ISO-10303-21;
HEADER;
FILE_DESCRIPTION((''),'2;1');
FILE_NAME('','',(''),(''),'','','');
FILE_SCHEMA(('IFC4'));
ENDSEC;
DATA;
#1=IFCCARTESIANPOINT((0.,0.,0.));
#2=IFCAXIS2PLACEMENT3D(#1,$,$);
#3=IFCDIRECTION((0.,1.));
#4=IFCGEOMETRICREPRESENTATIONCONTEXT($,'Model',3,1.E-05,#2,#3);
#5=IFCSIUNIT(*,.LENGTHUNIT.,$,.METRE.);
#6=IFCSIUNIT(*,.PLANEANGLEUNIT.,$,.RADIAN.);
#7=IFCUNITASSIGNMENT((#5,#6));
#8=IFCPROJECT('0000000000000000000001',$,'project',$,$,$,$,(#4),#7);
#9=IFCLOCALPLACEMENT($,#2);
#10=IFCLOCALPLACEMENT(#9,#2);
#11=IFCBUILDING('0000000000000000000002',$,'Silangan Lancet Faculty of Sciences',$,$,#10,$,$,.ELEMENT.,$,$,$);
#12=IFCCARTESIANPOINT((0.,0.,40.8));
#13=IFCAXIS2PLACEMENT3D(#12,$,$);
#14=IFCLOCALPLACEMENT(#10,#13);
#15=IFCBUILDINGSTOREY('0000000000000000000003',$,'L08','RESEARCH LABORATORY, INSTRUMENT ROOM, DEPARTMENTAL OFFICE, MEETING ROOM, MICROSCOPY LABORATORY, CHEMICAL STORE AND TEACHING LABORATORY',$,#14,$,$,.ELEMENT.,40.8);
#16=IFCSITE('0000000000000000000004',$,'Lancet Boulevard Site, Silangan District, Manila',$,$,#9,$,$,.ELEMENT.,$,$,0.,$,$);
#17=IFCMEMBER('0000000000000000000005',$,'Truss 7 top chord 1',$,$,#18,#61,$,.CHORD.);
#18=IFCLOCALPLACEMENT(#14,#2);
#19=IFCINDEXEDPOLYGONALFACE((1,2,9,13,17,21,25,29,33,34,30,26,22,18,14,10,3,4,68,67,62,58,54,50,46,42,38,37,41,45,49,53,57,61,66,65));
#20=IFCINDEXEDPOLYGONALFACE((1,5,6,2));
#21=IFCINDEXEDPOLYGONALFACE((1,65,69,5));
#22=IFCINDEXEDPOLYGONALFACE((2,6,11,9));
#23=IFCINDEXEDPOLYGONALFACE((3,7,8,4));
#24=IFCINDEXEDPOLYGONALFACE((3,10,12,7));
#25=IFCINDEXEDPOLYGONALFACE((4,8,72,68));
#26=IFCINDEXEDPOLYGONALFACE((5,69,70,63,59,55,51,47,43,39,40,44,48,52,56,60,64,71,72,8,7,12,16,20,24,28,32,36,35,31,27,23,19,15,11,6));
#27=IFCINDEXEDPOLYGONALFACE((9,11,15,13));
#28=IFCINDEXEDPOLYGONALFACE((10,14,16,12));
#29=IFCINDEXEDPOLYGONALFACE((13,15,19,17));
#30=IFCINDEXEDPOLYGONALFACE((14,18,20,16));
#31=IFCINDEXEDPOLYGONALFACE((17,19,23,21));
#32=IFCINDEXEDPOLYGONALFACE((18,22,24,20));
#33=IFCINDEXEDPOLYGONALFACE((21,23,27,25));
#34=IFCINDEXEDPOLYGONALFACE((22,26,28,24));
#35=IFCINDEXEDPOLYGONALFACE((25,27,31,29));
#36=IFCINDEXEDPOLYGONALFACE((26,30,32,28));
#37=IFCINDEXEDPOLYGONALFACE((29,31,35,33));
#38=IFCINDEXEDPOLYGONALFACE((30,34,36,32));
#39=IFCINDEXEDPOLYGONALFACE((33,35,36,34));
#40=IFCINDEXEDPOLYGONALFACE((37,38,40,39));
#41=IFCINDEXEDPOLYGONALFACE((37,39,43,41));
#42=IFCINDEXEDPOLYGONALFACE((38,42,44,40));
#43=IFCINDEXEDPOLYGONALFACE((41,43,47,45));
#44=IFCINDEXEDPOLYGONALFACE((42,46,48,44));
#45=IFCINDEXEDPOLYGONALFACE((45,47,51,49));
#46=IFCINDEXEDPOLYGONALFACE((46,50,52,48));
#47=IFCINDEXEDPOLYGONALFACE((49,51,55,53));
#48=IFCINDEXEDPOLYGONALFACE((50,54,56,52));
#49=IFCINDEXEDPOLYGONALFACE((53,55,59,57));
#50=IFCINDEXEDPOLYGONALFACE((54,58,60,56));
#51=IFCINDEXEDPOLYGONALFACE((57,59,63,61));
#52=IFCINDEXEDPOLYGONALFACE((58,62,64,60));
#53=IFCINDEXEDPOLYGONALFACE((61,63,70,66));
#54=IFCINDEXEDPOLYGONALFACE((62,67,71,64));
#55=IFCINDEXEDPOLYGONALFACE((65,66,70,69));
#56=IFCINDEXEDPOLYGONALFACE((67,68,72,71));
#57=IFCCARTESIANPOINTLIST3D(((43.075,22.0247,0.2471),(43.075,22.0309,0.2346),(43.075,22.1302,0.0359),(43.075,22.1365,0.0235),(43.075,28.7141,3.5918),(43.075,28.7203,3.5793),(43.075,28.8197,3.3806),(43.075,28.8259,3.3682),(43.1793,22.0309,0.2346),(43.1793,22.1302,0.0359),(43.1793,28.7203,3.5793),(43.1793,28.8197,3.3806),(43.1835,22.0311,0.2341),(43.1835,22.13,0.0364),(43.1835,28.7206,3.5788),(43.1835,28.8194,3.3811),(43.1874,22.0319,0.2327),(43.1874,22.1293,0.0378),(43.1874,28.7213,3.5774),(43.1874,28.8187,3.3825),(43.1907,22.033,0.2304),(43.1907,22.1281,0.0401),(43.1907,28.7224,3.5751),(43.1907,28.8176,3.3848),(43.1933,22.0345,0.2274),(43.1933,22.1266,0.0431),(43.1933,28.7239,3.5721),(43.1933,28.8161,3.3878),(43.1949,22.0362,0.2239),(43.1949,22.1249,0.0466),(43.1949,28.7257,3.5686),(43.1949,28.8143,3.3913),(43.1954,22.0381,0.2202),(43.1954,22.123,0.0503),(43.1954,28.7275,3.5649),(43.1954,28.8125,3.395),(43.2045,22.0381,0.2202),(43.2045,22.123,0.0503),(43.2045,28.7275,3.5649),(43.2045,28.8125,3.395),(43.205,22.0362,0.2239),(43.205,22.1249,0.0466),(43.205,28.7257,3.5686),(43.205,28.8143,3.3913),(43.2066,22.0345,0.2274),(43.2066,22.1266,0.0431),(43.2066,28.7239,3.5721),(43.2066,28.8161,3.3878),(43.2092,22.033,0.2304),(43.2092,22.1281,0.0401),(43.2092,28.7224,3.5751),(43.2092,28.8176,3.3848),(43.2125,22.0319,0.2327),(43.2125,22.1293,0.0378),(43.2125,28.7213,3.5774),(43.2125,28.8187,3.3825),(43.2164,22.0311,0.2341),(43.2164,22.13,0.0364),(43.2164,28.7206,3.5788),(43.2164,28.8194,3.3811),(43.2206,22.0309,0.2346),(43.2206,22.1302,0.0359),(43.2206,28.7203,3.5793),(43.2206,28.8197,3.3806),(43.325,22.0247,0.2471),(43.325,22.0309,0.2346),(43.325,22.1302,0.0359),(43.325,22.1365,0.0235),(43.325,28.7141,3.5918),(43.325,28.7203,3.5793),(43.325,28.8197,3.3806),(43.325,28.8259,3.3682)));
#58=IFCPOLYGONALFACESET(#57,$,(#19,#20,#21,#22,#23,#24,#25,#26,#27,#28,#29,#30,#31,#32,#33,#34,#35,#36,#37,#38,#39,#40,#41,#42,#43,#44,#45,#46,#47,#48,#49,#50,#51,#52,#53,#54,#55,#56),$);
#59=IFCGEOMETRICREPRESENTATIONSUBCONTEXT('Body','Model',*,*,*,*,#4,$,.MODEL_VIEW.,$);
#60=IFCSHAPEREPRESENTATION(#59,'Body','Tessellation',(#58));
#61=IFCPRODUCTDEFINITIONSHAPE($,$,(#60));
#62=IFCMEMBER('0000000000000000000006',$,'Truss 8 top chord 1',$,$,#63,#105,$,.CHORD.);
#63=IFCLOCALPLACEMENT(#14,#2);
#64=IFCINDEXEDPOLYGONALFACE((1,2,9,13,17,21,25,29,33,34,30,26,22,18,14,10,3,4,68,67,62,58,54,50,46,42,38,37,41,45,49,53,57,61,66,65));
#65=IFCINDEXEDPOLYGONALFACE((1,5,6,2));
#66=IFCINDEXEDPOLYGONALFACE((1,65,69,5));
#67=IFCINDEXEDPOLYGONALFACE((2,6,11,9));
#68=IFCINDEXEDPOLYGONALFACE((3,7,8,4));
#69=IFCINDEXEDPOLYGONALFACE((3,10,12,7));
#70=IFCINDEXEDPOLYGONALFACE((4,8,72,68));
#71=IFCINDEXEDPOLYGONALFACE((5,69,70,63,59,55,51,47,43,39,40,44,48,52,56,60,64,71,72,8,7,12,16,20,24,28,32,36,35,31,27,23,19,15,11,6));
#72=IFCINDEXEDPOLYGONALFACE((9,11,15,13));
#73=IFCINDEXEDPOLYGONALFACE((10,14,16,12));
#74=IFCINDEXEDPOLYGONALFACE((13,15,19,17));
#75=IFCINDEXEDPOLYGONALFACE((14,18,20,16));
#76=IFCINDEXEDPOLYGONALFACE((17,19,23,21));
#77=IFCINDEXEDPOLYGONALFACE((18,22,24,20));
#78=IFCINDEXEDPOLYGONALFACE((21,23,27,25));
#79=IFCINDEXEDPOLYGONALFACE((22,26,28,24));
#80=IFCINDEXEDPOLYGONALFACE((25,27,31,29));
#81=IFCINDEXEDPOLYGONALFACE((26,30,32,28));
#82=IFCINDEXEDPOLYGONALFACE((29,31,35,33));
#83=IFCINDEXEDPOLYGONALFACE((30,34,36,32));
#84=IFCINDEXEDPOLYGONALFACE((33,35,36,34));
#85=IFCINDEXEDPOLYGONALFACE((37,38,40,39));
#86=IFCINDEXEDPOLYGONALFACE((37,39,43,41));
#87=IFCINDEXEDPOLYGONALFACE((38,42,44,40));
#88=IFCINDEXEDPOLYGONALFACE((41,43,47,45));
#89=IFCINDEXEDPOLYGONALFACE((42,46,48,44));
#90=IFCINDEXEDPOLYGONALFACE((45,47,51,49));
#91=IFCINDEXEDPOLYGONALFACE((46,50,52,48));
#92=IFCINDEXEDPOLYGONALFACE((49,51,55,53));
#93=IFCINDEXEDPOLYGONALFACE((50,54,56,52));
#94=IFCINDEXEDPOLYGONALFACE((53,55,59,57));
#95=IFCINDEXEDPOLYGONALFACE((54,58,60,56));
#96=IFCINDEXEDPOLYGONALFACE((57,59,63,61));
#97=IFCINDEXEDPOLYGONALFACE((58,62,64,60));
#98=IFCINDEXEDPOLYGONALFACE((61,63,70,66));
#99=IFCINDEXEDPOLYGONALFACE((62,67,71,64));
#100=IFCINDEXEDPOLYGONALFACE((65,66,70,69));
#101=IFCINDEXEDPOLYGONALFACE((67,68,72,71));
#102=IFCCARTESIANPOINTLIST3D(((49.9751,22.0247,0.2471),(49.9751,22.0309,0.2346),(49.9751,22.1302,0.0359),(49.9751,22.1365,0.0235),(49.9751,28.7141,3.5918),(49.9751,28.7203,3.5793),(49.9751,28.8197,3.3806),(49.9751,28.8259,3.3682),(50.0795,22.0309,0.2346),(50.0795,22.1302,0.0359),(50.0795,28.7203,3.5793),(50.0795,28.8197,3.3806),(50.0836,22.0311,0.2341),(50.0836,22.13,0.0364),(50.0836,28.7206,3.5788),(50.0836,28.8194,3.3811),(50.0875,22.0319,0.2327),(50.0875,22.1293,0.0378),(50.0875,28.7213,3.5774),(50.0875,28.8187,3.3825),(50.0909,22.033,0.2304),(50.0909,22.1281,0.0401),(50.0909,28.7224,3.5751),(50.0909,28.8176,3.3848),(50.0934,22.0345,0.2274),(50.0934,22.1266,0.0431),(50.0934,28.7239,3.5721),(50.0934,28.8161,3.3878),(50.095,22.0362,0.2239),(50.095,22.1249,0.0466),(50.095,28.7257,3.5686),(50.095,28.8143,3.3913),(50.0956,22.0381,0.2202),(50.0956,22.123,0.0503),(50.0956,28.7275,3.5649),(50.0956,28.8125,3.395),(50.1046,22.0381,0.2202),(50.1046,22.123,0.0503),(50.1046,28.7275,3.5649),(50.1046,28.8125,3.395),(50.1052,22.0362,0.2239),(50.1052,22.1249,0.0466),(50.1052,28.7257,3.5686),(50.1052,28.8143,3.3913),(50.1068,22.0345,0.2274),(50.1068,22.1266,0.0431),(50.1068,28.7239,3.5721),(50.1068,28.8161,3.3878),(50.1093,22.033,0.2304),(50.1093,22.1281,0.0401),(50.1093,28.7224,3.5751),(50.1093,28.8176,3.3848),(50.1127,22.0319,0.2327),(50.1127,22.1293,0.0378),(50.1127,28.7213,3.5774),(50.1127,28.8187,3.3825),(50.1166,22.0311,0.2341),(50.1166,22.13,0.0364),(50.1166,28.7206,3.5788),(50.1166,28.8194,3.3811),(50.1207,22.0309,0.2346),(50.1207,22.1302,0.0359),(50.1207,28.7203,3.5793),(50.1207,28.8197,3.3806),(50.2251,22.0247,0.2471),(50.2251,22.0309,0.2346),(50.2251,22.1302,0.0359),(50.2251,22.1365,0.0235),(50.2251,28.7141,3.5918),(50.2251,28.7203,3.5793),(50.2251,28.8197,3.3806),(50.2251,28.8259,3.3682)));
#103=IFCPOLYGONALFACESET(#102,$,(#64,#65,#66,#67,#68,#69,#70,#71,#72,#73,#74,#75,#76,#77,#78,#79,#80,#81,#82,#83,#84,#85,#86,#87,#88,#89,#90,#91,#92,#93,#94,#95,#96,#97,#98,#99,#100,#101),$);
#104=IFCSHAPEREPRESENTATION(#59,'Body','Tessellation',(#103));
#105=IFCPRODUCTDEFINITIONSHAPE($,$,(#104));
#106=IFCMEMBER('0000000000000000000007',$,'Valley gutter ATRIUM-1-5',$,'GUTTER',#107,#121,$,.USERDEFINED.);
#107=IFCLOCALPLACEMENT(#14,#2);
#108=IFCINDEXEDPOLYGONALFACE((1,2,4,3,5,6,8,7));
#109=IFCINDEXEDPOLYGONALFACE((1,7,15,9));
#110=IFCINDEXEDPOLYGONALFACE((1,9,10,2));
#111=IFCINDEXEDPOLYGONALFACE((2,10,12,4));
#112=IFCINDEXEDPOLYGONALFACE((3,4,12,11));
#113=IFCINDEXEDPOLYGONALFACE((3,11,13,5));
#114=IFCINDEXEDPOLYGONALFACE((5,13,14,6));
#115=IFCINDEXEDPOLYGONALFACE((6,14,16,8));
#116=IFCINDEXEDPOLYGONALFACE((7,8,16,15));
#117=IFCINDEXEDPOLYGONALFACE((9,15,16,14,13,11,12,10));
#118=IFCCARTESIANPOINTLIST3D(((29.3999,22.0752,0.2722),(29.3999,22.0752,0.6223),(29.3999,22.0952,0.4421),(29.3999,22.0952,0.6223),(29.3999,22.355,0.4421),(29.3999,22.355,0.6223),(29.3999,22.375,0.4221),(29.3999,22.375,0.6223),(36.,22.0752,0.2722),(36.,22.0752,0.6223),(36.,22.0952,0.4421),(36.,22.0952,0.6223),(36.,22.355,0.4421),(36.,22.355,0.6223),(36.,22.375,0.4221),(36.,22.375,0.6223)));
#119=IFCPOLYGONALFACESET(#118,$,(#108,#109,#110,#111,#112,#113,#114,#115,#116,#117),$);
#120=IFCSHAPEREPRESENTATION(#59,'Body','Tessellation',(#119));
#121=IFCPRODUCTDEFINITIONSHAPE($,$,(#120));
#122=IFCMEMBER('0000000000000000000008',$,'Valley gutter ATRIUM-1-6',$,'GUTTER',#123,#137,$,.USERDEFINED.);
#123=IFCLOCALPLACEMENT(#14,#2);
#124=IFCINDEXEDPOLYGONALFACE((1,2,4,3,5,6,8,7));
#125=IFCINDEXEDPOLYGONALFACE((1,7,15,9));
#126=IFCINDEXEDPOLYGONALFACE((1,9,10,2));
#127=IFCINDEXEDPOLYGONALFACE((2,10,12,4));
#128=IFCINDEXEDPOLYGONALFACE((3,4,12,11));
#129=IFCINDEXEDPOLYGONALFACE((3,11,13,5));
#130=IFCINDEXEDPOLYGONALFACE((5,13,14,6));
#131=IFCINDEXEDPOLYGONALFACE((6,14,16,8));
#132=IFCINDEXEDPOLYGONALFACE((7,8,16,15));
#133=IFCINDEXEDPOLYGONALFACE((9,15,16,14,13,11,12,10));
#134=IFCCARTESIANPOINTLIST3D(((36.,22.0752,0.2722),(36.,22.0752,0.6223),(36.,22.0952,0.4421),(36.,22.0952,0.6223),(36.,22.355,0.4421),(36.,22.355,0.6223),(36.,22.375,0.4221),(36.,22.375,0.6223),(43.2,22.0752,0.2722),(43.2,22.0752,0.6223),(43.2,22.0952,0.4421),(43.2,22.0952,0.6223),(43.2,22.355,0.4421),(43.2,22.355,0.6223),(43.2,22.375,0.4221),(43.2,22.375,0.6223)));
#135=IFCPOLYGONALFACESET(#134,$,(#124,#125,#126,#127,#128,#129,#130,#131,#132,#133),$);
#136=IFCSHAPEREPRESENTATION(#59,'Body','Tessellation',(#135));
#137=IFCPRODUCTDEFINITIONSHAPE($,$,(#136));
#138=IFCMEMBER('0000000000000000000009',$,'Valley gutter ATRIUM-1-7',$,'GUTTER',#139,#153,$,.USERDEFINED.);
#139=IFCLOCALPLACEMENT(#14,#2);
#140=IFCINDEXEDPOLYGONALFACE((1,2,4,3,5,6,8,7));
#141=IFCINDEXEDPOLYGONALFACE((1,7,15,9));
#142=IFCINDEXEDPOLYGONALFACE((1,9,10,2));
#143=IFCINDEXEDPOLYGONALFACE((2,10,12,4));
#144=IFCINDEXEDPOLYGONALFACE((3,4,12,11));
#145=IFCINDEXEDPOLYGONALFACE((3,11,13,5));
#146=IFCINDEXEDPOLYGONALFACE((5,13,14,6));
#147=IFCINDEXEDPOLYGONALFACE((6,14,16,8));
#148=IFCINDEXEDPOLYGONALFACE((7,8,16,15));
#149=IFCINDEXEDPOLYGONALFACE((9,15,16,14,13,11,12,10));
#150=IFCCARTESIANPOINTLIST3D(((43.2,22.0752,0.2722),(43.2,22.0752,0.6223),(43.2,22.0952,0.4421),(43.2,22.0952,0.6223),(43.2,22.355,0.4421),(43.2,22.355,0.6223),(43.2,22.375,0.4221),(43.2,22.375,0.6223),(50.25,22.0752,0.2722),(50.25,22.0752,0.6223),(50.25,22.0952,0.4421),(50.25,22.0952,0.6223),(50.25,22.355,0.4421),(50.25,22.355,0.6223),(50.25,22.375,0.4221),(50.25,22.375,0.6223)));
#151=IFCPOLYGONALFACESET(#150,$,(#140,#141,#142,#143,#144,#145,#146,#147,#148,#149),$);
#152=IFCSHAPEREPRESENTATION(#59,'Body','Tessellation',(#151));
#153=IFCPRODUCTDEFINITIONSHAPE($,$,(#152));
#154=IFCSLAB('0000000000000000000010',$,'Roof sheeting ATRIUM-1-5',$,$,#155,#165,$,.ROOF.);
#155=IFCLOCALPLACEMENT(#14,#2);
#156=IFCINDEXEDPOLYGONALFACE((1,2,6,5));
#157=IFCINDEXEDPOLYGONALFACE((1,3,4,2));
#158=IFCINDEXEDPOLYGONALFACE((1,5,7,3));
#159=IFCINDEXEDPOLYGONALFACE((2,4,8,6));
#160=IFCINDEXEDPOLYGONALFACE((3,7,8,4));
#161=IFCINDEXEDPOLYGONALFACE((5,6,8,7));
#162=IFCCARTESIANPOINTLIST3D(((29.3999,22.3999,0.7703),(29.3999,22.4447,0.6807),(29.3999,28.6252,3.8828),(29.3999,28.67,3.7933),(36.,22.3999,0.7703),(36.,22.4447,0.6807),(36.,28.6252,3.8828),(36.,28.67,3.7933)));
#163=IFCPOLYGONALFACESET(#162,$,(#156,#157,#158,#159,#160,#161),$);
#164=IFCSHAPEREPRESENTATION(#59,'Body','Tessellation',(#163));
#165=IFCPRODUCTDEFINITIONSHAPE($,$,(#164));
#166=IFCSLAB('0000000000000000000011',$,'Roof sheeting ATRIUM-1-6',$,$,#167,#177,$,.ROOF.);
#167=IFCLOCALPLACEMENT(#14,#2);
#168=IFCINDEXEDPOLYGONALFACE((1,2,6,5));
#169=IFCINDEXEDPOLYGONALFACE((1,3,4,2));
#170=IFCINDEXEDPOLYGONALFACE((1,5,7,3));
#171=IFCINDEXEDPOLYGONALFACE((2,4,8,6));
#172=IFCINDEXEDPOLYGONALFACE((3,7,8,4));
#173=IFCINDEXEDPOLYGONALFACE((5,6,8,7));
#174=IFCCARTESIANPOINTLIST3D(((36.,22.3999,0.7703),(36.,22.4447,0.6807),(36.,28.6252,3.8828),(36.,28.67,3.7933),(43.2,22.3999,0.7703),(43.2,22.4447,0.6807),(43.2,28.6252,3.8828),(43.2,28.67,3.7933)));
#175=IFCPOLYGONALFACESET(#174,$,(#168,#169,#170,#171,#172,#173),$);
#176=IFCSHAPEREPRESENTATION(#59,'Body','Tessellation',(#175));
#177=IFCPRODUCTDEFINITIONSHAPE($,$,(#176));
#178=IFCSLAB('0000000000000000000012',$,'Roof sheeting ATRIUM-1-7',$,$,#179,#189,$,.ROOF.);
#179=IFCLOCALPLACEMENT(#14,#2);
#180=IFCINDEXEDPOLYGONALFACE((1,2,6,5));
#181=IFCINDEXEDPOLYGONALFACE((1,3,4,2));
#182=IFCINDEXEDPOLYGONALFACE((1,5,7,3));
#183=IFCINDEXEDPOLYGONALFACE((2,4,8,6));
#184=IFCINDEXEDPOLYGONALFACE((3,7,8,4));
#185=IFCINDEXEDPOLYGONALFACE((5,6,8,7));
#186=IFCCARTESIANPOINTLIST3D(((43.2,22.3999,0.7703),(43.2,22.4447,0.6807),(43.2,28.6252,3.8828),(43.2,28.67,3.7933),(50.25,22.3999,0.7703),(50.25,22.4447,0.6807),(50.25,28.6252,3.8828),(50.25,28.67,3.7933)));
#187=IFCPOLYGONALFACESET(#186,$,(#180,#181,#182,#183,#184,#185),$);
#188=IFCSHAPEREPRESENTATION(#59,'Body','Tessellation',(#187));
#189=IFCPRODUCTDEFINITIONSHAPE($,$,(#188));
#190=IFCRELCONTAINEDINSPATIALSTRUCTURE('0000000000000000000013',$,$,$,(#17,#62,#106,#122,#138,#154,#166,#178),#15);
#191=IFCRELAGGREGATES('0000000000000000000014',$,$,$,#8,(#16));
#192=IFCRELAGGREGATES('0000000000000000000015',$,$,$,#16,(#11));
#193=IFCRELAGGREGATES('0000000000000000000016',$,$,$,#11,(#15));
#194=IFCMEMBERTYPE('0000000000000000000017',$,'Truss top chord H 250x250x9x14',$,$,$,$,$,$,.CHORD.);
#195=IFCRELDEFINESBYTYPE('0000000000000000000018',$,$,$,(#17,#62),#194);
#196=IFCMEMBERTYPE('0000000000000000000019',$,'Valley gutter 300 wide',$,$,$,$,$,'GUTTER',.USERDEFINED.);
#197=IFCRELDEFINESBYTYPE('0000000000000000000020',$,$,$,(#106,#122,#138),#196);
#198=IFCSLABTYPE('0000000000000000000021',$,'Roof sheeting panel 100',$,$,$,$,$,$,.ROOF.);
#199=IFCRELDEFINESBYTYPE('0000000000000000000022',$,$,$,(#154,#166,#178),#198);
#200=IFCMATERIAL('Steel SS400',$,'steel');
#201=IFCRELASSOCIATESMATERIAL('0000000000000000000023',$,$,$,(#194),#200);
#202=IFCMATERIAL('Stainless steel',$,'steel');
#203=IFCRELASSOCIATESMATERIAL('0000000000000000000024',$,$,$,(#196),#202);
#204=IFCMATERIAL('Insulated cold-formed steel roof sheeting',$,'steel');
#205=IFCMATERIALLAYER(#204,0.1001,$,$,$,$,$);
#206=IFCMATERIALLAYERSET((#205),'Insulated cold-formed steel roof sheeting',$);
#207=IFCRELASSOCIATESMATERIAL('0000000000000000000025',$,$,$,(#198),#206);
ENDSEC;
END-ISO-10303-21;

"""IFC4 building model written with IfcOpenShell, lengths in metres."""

from ifc_helpers import new_model, si_unit, direction, frame, origin, origin_2d, place, context, subcontext, project, spatial, polyline, i_section, outline, extrude, material, layer, layer_set, material_profile, profile_set, type_object, element, save


model = new_model("IFC4")

# Units and contexts
model_context = context("Model", 3, precision=1e-05, world=origin(), true_north=direction((0.0, 1.0)))
body_context = subcontext(model_context, "Body", "Model", "MODEL_VIEW")
ifc_project = project(units=[si_unit("LENGTHUNIT", "METRE"), si_unit("PLANEANGLEUNIT", "RADIAN")], contexts=[model_context])

# Site, building, storey
site_placement = place(None, origin())
site = spatial("IfcSite", under=ifc_project, at=site_placement, Name="Lancet Boulevard Site, Silangan District, Manila", CompositionType="ELEMENT", RefElevation=0.0)
building_placement = place(site_placement, origin())
building = spatial("IfcBuilding", under=site, at=building_placement, Name="Silangan Lancet Faculty of Sciences", CompositionType="ELEMENT")
storey_placement = place(building_placement, frame((0.0, 0.0, 40.8)))
storey = spatial("IfcBuildingStorey", under=building, at=storey_placement, Name="L08", Description="RESEARCH LABORATORY, INSTRUMENT ROOM, DEPARTMENTAL OFFICE, MEETING ROOM, MICROSCOPY LABORATORY, CHEMICAL STORE AND TEACHING LABORATORY", CompositionType="ELEMENT", Elevation=40.8)

# Members
ifc_material_1 = material(Name="Steel SS400", Category="steel")
ifc_material_profile_1 = material_profile(ifc_material_1, i_section(OverallWidth=0.25, OverallDepth=0.25, WebThickness=0.009, FlangeThickness=0.0139, FilletRadius=0.0161, at=origin_2d()), Name="H 250x250x9x14")
ifc_profile_set_1 = profile_set([ifc_material_profile_1], Name="Steel SS400")
member_type_1 = type_object("IfcMemberType", Name="Truss top chord H 250x250x9x14", PredefinedType="CHORD", material=ifc_profile_set_1)
for number, where, z_axis, x_axis, name in (
    (1, (43.2, 22.0806, 0.1353), (0.0, 0.894427, 0.447214), (-1.0, 0.0, 0.0), "Truss 7 top chord 1"),
    (2, (50.1001, 22.0806, 0.1353), (0.0, 0.894427, 0.447214), (-1.0, 0.0, 0.0), "Truss 8 top chord 1"),
):
    element("IfcMember", number, at=place(storey_placement, frame(where, z_axis=z_axis, x_axis=x_axis)), inside=storey, type_object=member_type_1, Name=name, PredefinedType="CHORD", context=body_context, shape_type="SweptSolid", body=[
        extrude(i_section(OverallWidth=0.25, OverallDepth=0.25, WebThickness=0.009, FlangeThickness=0.0139, FilletRadius=0.0161, at=origin_2d()), origin(), (0.0, 0.0, 1.0), 7.479),
    ])
ifc_material_2 = material(Name="Stainless steel", Category="steel")
ifc_material_profile_2 = material_profile(ifc_material_2, outline(polyline([(-0.1499, 0.0), (0.1499, 0.1499), (0.1499, 0.3501), (0.1299, 0.3501), (0.1299, 0.1699), (-0.1299, 0.1699), (-0.1299, 0.3501), (-0.1499, 0.3501), (-0.1499, 0.0)])), Name="valley gutter")
ifc_profile_set_2 = profile_set([ifc_material_profile_2], Name="Stainless steel")
member_type_2 = type_object("IfcMemberType", Name="Valley gutter 300 wide", ElementType="GUTTER", PredefinedType="USERDEFINED", material=ifc_profile_set_2)
member_1_placement = place(storey_placement, frame((29.3999, 22.2251, 0.2722), z_axis=(1.0, 0.0, 0.0), x_axis=(0.0, 1.0, 0.0)))
element("IfcMember", 3, at=member_1_placement, inside=storey, type_object=member_type_2, Name="Valley gutter ATRIUM-1-5", ObjectType="GUTTER", PredefinedType="USERDEFINED", context=body_context, shape_type="SweptSolid", body=[
    extrude(outline(polyline([(-0.1499, 0.0), (0.1499, 0.1499), (0.1499, 0.3501), (0.1299, 0.3501), (0.1299, 0.1699), (-0.1299, 0.1699), (-0.1299, 0.3501), (-0.1499, 0.3501), (-0.1499, 0.0)])), origin(), (0.0, 0.0, 1.0), 6.6001),
])
member_2_placement = place(storey_placement, frame((36.0, 22.2251, 0.2722), z_axis=(1.0, 0.0, 0.0), x_axis=(0.0, 1.0, 0.0)))
element("IfcMember", 4, at=member_2_placement, inside=storey, type_object=member_type_2, Name="Valley gutter ATRIUM-1-6", ObjectType="GUTTER", PredefinedType="USERDEFINED", context=body_context, shape_type="SweptSolid", body=[
    extrude(outline(polyline([(-0.1499, 0.0), (0.1499, 0.1499), (0.1499, 0.3501), (0.1299, 0.3501), (0.1299, 0.1699), (-0.1299, 0.1699), (-0.1299, 0.3501), (-0.1499, 0.3501), (-0.1499, 0.0)])), origin(), (0.0, 0.0, 1.0), 7.2),
])
member_3_placement = place(storey_placement, frame((43.2, 22.2251, 0.2722), z_axis=(1.0, 0.0, 0.0), x_axis=(0.0, 1.0, 0.0)))
element("IfcMember", 5, at=member_3_placement, inside=storey, type_object=member_type_2, Name="Valley gutter ATRIUM-1-7", ObjectType="GUTTER", PredefinedType="USERDEFINED", context=body_context, shape_type="SweptSolid", body=[
    extrude(outline(polyline([(-0.1499, 0.0), (0.1499, 0.1499), (0.1499, 0.3501), (0.1299, 0.3501), (0.1299, 0.1699), (-0.1299, 0.1699), (-0.1299, 0.3501), (-0.1499, 0.3501), (-0.1499, 0.0)])), origin(), (0.0, 0.0, 1.0), 7.05),
])

# Slabs
ifc_material_3 = material(Name="Insulated cold-formed steel roof sheeting", Category="steel")
ifc_layer = layer(ifc_material_3, 0.1001)
ifc_layer_set = layer_set([ifc_layer], Name="Insulated cold-formed steel roof sheeting")
slab_type = type_object("IfcSlabType", Name="Roof sheeting panel 100", PredefinedType="ROOF", material=ifc_layer_set)
slab_1_placement = place(storey_placement, frame((29.3999, 22.3999, 0.7703), z_axis=(0.0, -0.4472, 0.894434), x_axis=(1.0, 0.0, 0.0)))
element("IfcSlab", 6, at=slab_1_placement, inside=storey, type_object=slab_type, Name="Roof sheeting ATRIUM-1-5", PredefinedType="ROOF", context=body_context, shape_type="SweptSolid", body=[
    extrude(outline(polyline([(0.0, 0.0), (6.6001, 0.0), (6.6001, 6.9601), (0.0, 6.9601), (0.0, 0.0)])), origin(), (0.0, 0.0, -1.0), 0.1001),
])
slab_2_placement = place(storey_placement, frame((36.0, 22.3999, 0.7703), z_axis=(0.0, -0.4472, 0.894434), x_axis=(1.0, 0.0, 0.0)))
element("IfcSlab", 7, at=slab_2_placement, inside=storey, type_object=slab_type, Name="Roof sheeting ATRIUM-1-6", PredefinedType="ROOF", context=body_context, shape_type="SweptSolid", body=[
    extrude(outline(polyline([(0.0, 0.0), (7.2, 0.0), (7.2, 6.9601), (0.0, 6.9601), (0.0, 0.0)])), origin(), (0.0, 0.0, -1.0), 0.1001),
])
slab_3_placement = place(storey_placement, frame((43.2, 22.3999, 0.7703), z_axis=(0.0, -0.4472, 0.894434), x_axis=(1.0, 0.0, 0.0)))
element("IfcSlab", 8, at=slab_3_placement, inside=storey, type_object=slab_type, Name="Roof sheeting ATRIUM-1-7", PredefinedType="ROOF", context=body_context, shape_type="SweptSolid", body=[
    extrude(outline(polyline([(0.0, 0.0), (7.05, 0.0), (7.05, 6.9601), (0.0, 6.9601), (0.0, 0.0)])), origin(), (0.0, 0.0, -1.0), 0.1001),
])

save(model, "model.ifc")
